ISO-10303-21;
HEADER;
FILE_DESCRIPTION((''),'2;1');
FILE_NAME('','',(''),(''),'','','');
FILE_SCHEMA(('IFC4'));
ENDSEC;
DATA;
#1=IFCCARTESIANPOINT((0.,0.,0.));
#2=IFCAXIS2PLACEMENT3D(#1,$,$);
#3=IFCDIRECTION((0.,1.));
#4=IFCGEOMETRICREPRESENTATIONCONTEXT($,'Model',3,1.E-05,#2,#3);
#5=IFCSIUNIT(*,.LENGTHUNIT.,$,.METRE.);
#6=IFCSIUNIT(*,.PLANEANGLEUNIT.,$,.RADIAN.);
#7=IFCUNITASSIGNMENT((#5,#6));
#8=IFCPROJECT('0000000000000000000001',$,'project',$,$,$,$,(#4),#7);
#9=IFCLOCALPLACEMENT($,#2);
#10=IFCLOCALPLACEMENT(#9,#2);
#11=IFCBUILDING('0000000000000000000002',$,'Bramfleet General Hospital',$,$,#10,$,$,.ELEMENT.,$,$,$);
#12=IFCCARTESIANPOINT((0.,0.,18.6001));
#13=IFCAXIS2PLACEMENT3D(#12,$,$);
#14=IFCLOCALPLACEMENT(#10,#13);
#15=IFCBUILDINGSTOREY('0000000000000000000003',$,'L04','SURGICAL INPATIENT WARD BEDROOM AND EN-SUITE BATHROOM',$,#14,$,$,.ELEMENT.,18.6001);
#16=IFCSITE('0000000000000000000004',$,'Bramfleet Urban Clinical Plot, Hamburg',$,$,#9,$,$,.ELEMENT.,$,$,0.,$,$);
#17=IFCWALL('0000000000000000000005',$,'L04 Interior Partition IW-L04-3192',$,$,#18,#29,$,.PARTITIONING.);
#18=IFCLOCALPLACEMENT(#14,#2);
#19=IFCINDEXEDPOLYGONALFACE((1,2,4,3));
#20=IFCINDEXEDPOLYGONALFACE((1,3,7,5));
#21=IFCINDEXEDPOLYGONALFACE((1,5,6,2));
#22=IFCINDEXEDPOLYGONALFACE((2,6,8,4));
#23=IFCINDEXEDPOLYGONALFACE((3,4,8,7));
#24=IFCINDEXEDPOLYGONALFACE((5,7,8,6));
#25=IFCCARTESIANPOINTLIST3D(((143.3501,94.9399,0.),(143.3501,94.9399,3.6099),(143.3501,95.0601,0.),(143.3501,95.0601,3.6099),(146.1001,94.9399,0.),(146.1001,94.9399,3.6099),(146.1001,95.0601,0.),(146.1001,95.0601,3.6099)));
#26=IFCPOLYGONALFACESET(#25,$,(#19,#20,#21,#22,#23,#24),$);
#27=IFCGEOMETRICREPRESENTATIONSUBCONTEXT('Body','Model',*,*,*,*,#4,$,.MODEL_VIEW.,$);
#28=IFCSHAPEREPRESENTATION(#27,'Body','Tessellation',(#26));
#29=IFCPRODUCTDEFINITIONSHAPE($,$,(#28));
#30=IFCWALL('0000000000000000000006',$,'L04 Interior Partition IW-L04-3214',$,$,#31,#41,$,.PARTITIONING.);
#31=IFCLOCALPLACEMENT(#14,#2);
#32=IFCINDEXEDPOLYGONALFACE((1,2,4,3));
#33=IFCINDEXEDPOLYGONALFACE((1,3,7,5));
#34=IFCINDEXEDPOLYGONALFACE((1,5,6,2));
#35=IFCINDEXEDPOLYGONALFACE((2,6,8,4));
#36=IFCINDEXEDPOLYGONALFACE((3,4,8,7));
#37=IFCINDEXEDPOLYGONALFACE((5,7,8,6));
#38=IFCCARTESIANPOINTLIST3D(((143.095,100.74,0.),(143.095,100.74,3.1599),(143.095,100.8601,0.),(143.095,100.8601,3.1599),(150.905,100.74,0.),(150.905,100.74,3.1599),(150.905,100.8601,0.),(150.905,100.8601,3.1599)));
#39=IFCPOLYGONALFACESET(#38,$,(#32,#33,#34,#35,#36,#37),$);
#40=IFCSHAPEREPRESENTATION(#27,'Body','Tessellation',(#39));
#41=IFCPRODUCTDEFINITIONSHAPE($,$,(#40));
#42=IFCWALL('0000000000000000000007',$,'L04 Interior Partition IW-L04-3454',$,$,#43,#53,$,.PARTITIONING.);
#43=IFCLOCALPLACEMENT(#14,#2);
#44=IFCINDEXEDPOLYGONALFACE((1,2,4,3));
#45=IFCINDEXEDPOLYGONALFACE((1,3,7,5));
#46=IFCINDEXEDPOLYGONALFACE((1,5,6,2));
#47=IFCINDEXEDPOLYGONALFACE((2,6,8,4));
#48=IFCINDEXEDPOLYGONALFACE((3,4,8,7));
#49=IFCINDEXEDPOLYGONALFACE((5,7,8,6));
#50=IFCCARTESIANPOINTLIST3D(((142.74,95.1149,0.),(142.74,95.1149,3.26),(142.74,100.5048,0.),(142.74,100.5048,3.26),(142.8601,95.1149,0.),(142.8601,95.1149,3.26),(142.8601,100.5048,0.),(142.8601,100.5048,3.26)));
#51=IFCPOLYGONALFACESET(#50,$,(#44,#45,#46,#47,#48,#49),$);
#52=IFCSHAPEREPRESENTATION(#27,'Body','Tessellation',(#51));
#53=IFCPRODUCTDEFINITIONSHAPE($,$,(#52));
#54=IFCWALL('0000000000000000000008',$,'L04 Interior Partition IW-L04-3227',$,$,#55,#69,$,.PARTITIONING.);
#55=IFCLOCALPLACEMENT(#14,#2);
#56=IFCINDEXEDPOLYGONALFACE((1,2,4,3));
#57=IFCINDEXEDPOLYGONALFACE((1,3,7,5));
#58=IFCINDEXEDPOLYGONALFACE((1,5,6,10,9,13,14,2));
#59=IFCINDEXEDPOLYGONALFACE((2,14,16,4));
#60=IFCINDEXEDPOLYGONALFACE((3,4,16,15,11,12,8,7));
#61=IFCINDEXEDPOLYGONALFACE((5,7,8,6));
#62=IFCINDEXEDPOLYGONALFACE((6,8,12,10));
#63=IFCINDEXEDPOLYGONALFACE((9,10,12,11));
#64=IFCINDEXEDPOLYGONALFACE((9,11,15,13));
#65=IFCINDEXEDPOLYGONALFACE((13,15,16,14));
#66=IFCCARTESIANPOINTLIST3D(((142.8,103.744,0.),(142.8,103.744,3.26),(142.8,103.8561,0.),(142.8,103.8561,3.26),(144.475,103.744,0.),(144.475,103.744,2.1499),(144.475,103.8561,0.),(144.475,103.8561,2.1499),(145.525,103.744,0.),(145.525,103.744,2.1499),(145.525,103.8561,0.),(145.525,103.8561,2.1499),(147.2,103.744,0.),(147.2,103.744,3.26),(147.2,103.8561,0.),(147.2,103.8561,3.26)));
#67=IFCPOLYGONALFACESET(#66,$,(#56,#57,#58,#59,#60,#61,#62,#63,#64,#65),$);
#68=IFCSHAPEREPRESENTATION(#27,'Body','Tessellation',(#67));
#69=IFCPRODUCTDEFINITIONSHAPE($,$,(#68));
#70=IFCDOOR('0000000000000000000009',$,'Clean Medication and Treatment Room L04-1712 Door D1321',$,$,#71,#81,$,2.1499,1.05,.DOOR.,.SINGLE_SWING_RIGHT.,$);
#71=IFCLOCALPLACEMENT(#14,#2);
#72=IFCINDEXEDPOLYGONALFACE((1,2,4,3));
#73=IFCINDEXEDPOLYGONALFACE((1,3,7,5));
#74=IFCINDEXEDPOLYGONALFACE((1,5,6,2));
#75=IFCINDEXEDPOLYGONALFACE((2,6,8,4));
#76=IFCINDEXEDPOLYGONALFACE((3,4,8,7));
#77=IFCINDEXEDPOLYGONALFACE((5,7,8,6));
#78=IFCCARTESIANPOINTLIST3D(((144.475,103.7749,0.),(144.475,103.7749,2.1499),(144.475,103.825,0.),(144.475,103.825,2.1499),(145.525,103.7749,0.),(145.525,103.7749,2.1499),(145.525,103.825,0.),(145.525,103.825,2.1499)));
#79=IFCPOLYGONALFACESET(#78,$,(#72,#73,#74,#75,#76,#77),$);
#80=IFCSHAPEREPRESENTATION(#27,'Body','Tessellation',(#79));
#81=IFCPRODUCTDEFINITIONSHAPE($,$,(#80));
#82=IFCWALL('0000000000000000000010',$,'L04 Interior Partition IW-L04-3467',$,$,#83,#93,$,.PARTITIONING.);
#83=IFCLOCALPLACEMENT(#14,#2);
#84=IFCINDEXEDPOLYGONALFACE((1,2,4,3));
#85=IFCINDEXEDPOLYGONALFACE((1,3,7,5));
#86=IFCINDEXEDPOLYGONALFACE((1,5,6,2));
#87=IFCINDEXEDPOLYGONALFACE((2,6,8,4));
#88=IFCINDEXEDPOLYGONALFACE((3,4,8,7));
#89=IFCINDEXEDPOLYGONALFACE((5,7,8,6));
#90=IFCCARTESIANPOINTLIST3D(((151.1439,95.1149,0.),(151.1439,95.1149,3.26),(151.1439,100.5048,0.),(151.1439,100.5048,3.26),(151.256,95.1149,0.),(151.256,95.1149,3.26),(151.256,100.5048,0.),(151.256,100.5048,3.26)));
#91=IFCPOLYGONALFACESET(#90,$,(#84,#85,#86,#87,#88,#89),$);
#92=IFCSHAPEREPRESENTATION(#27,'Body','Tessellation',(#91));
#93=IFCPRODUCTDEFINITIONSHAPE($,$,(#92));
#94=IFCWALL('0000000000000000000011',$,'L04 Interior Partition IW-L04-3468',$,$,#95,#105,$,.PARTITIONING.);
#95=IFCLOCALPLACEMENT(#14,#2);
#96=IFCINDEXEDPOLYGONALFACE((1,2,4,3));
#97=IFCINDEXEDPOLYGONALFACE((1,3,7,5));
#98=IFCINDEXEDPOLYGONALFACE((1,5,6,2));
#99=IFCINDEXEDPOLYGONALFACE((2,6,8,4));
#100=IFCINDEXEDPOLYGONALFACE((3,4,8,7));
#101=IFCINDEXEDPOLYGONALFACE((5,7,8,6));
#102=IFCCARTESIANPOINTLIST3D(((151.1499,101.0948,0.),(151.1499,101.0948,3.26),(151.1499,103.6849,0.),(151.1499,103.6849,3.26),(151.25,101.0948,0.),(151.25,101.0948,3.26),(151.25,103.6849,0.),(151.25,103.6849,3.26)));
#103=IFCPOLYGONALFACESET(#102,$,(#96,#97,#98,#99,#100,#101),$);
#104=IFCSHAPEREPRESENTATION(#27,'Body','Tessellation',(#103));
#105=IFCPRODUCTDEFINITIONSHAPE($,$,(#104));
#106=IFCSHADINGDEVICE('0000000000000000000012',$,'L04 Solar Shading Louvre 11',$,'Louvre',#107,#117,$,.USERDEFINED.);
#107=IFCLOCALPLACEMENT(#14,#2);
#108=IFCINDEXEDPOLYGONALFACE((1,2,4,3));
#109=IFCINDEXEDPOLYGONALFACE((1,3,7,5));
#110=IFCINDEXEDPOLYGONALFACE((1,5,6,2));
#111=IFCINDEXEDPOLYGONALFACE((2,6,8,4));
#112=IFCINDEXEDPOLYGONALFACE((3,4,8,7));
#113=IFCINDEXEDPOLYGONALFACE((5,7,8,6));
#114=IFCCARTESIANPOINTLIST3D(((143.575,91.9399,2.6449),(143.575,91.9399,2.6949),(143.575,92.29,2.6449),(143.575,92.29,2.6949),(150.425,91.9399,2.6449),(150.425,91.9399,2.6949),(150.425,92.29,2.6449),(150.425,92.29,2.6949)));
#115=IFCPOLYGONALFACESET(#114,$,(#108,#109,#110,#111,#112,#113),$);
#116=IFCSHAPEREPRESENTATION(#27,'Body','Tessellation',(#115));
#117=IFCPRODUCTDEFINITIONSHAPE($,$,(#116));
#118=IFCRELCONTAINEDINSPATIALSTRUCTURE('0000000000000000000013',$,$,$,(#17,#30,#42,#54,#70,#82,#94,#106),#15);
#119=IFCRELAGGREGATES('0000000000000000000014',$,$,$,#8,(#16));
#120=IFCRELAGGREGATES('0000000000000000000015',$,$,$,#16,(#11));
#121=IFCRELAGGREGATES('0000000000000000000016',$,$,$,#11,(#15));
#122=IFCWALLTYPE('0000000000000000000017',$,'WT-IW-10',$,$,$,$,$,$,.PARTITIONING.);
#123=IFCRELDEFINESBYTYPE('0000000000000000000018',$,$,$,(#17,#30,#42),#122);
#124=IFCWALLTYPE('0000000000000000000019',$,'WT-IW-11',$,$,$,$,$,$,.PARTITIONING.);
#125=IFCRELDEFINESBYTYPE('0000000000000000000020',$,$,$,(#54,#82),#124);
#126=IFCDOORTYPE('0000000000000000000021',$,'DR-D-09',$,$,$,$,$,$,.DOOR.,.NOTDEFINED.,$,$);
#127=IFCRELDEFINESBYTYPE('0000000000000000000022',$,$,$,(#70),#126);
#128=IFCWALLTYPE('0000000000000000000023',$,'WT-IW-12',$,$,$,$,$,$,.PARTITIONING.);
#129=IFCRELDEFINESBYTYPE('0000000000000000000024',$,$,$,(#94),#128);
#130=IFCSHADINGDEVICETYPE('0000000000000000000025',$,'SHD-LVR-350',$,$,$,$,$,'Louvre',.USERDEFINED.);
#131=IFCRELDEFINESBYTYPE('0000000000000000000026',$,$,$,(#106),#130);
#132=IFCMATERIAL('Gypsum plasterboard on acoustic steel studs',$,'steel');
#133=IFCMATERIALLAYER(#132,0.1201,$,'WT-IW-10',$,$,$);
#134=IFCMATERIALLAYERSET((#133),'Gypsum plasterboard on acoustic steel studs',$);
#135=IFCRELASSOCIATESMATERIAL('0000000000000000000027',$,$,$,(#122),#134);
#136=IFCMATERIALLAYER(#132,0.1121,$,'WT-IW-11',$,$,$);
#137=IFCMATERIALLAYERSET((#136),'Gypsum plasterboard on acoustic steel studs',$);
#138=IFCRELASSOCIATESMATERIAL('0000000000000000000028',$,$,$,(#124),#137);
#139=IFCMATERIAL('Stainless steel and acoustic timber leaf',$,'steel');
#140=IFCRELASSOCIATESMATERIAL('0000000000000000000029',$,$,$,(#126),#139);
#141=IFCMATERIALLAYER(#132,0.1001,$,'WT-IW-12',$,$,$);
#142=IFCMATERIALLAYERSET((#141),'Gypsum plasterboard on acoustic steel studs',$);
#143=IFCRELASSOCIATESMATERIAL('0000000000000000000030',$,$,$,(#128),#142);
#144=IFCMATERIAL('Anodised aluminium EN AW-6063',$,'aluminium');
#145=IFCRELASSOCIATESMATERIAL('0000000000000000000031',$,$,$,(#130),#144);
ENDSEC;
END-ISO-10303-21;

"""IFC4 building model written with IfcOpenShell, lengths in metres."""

from ifc_helpers import new_model, si_unit, direction, frame, frame_2d, origin, origin_2d, place, context, subcontext, project, spatial, rectangle, extrude, material, layer, layer_set, material_profile, profile_set, type_object, element, fill, save


model = new_model("IFC4")

# Units and contexts
model_context = context("Model", 3, precision=1e-05, world=origin(), true_north=direction((0.0, 1.0)))
body_context = subcontext(model_context, "Body", "Model", "MODEL_VIEW")
ifc_project = project(units=[si_unit("LENGTHUNIT", "METRE"), si_unit("PLANEANGLEUNIT", "RADIAN")], contexts=[model_context])

# Site, building, storey
site_placement = place(None, origin())
site = spatial("IfcSite", under=ifc_project, at=site_placement, Name="Bramfleet Urban Clinical Plot, Hamburg", CompositionType="ELEMENT", RefElevation=0.0)
building_placement = place(site_placement, origin())
building = spatial("IfcBuilding", under=site, at=building_placement, Name="Bramfleet General Hospital", CompositionType="ELEMENT")
storey_placement = place(building_placement, frame((0.0, 0.0, 18.6001)))
storey = spatial("IfcBuildingStorey", under=building, at=storey_placement, Name="L04", Description="SURGICAL INPATIENT WARD BEDROOM AND EN-SUITE BATHROOM", CompositionType="ELEMENT", Elevation=18.6001)

# Shared definitions
ifc_material_1 = material(Name="Stainless steel and acoustic timber leaf", Category="steel")

# Shared definitions
ifc_material_2 = material(Name="Gypsum plasterboard on acoustic steel studs", Category="steel")

# Walls
ifc_layer_1 = layer(ifc_material_2, 0.1201, Name="WT-IW-10")
ifc_layer_set_1 = layer_set([ifc_layer_1], Name="Gypsum plasterboard on acoustic steel studs")
wall_type_1 = type_object("IfcWallType", Name="WT-IW-10", PredefinedType="PARTITIONING", material=ifc_layer_set_1)
wall_1_placement = place(storey_placement, frame((143.3501, 95.0, 0.0), z_axis=(0.0, 0.0, 1.0), x_axis=(1.0, 0.0, 0.0)))
element("IfcWall", 1, at=wall_1_placement, inside=storey, type_object=wall_type_1, Name="L04 Interior Partition IW-L04-3192", PredefinedType="PARTITIONING", context=body_context, shape_type="SweptSolid", body=[
    extrude(rectangle(XDim=2.75, YDim=0.1201, at=frame_2d((1.375, 0.0))), origin(), (0.0, 0.0, 1.0), 3.6099),
])
wall_2_placement = place(storey_placement, frame((143.095, 100.8, 0.0), z_axis=(0.0, 0.0, 1.0), x_axis=(1.0, 0.0, 0.0)))
element("IfcWall", 2, at=wall_2_placement, inside=storey, type_object=wall_type_1, Name="L04 Interior Partition IW-L04-3214", PredefinedType="PARTITIONING", context=body_context, shape_type="SweptSolid", body=[
    extrude(rectangle(XDim=7.8101, YDim=0.1201, at=frame_2d((3.905, 0.0))), origin(), (0.0, 0.0, 1.0), 3.1599),
])
wall_3_placement = place(storey_placement, frame((142.8, 95.115, 0.0), z_axis=(0.0, 0.0, 1.0), x_axis=(0.0, 1.0, 0.0)))
element("IfcWall", 3, at=wall_3_placement, inside=storey, type_object=wall_type_1, Name="L04 Interior Partition IW-L04-3454", PredefinedType="PARTITIONING", context=body_context, shape_type="SweptSolid", body=[
    extrude(rectangle(XDim=5.3899, YDim=0.1201, at=frame_2d((2.6948, 0.0))), origin(), (0.0, 0.0, 1.0), 3.26),
])

# Wall, opening, door
ifc_layer_2 = layer(ifc_material_2, 0.1121, Name="WT-IW-11")
ifc_layer_set_2 = layer_set([ifc_layer_2], Name="Gypsum plasterboard on acoustic steel studs")
wall_type_2 = type_object("IfcWallType", Name="WT-IW-11", PredefinedType="PARTITIONING", material=ifc_layer_set_2)
wall_4_placement = place(storey_placement, frame((142.8, 103.8, 0.0), z_axis=(0.0, 0.0, 1.0), x_axis=(1.0, 0.0, 0.0)))
wall_4 = element("IfcWall", 4, at=wall_4_placement, inside=storey, type_object=wall_type_2, Name="L04 Interior Partition IW-L04-3227", PredefinedType="PARTITIONING", context=body_context, shape_type="SweptSolid", body=[
    extrude(rectangle(XDim=4.3999, YDim=0.1121, at=frame_2d((2.2, 0.0))), origin(), (0.0, 0.0, 1.0), 3.26),
])
opening_1_placement = place(wall_4_placement, frame((1.675, 0.0, 0.0)))
opening_1 = element("IfcOpeningElement", 5, at=opening_1_placement, cuts=wall_4, PredefinedType="OPENING", context=body_context, shape_type="SweptSolid", body=[
    extrude(rectangle(XDim=1.05, YDim=2.1499, at=frame_2d((0.5249, 1.075))), frame((0.0, 0.0659, 0.0), z_axis=(0.0, -1.0, 0.0), x_axis=(1.0, 0.0, 0.0)), (0.0, 0.0, 1.0), 0.1321),
])
door_type_1 = type_object("IfcDoorType", Name="DR-D-09", OperationType="NOTDEFINED", PredefinedType="DOOR", material=ifc_material_1)
door_1_placement = place(opening_1_placement, origin())
door_1 = element("IfcDoor", 6, at=door_1_placement, inside=storey, type_object=door_type_1, Name="Clean Medication and Treatment Room L04-1712 Door D1321", OperationType="SINGLE_SWING_RIGHT", OverallHeight=2.1499, OverallWidth=1.05, PredefinedType="DOOR", context=body_context, shape_type="SweptSolid", body=[
    extrude(rectangle(XDim=1.05, YDim=2.1499, at=frame_2d((0.5249, 1.075))), frame((0.0, 0.0249, 0.0), z_axis=(0.0, -1.0, 0.0), x_axis=(1.0, 0.0, 0.0)), (0.0, 0.0, 1.0), 0.05),
])
fill(opening_1, door_1)

# Walls
wall_5_placement = place(storey_placement, frame((151.2, 95.115, 0.0), z_axis=(0.0, 0.0, 1.0), x_axis=(0.0, 1.0, 0.0)))
element("IfcWall", 7, at=wall_5_placement, inside=storey, type_object=wall_type_2, Name="L04 Interior Partition IW-L04-3467", PredefinedType="PARTITIONING", context=body_context, shape_type="SweptSolid", body=[
    extrude(rectangle(XDim=5.3899, YDim=0.1121, at=frame_2d((2.6948, 0.0))), origin(), (0.0, 0.0, 1.0), 3.26),
])
ifc_layer_3 = layer(ifc_material_2, 0.1001, Name="WT-IW-12")
ifc_layer_set_3 = layer_set([ifc_layer_3], Name="Gypsum plasterboard on acoustic steel studs")
wall_type_3 = type_object("IfcWallType", Name="WT-IW-12", PredefinedType="PARTITIONING", material=ifc_layer_set_3)
wall_6_placement = place(storey_placement, frame((151.2, 101.095, 0.0), z_axis=(0.0, 0.0, 1.0), x_axis=(0.0, 1.0, 0.0)))
element("IfcWall", 8, at=wall_6_placement, inside=storey, type_object=wall_type_3, Name="L04 Interior Partition IW-L04-3468", PredefinedType="PARTITIONING", context=body_context, shape_type="SweptSolid", body=[
    extrude(rectangle(XDim=2.5901, YDim=0.1001, at=frame_2d((1.2949, 0.0))), origin(), (0.0, 0.0, 1.0), 3.26),
])

# Shading device
ifc_material_3 = material(Name="Anodised aluminium EN AW-6063", Category="aluminium")
ifc_material_profile_1 = material_profile(ifc_material_3, rectangle(XDim=0.05, YDim=0.3501, at=origin_2d()), Name="ALU LOUVRE 350x50")
ifc_profile_set_1 = profile_set([ifc_material_profile_1], Name="Anodised aluminium EN AW-6063")
shading_device_type = type_object("IfcShadingDeviceType", Name="SHD-LVR-350", ElementType="Louvre", PredefinedType="USERDEFINED", material=ifc_profile_set_1)
shading_device_placement = place(storey_placement, frame((150.425, 92.115, 2.6699), z_axis=(-1.0, 0.0, 0.0), x_axis=(0.0, 0.0, 1.0)))
element("IfcShadingDevice", 9, at=shading_device_placement, inside=storey, type_object=shading_device_type, Name="L04 Solar Shading Louvre 11", ObjectType="Louvre", PredefinedType="USERDEFINED", context=body_context, shape_type="SweptSolid", body=[
    extrude(rectangle(XDim=0.05, YDim=0.3501, at=origin_2d()), origin(), (0.0, 0.0, 1.0), 6.8501),
])

save(model, "model.ifc")
